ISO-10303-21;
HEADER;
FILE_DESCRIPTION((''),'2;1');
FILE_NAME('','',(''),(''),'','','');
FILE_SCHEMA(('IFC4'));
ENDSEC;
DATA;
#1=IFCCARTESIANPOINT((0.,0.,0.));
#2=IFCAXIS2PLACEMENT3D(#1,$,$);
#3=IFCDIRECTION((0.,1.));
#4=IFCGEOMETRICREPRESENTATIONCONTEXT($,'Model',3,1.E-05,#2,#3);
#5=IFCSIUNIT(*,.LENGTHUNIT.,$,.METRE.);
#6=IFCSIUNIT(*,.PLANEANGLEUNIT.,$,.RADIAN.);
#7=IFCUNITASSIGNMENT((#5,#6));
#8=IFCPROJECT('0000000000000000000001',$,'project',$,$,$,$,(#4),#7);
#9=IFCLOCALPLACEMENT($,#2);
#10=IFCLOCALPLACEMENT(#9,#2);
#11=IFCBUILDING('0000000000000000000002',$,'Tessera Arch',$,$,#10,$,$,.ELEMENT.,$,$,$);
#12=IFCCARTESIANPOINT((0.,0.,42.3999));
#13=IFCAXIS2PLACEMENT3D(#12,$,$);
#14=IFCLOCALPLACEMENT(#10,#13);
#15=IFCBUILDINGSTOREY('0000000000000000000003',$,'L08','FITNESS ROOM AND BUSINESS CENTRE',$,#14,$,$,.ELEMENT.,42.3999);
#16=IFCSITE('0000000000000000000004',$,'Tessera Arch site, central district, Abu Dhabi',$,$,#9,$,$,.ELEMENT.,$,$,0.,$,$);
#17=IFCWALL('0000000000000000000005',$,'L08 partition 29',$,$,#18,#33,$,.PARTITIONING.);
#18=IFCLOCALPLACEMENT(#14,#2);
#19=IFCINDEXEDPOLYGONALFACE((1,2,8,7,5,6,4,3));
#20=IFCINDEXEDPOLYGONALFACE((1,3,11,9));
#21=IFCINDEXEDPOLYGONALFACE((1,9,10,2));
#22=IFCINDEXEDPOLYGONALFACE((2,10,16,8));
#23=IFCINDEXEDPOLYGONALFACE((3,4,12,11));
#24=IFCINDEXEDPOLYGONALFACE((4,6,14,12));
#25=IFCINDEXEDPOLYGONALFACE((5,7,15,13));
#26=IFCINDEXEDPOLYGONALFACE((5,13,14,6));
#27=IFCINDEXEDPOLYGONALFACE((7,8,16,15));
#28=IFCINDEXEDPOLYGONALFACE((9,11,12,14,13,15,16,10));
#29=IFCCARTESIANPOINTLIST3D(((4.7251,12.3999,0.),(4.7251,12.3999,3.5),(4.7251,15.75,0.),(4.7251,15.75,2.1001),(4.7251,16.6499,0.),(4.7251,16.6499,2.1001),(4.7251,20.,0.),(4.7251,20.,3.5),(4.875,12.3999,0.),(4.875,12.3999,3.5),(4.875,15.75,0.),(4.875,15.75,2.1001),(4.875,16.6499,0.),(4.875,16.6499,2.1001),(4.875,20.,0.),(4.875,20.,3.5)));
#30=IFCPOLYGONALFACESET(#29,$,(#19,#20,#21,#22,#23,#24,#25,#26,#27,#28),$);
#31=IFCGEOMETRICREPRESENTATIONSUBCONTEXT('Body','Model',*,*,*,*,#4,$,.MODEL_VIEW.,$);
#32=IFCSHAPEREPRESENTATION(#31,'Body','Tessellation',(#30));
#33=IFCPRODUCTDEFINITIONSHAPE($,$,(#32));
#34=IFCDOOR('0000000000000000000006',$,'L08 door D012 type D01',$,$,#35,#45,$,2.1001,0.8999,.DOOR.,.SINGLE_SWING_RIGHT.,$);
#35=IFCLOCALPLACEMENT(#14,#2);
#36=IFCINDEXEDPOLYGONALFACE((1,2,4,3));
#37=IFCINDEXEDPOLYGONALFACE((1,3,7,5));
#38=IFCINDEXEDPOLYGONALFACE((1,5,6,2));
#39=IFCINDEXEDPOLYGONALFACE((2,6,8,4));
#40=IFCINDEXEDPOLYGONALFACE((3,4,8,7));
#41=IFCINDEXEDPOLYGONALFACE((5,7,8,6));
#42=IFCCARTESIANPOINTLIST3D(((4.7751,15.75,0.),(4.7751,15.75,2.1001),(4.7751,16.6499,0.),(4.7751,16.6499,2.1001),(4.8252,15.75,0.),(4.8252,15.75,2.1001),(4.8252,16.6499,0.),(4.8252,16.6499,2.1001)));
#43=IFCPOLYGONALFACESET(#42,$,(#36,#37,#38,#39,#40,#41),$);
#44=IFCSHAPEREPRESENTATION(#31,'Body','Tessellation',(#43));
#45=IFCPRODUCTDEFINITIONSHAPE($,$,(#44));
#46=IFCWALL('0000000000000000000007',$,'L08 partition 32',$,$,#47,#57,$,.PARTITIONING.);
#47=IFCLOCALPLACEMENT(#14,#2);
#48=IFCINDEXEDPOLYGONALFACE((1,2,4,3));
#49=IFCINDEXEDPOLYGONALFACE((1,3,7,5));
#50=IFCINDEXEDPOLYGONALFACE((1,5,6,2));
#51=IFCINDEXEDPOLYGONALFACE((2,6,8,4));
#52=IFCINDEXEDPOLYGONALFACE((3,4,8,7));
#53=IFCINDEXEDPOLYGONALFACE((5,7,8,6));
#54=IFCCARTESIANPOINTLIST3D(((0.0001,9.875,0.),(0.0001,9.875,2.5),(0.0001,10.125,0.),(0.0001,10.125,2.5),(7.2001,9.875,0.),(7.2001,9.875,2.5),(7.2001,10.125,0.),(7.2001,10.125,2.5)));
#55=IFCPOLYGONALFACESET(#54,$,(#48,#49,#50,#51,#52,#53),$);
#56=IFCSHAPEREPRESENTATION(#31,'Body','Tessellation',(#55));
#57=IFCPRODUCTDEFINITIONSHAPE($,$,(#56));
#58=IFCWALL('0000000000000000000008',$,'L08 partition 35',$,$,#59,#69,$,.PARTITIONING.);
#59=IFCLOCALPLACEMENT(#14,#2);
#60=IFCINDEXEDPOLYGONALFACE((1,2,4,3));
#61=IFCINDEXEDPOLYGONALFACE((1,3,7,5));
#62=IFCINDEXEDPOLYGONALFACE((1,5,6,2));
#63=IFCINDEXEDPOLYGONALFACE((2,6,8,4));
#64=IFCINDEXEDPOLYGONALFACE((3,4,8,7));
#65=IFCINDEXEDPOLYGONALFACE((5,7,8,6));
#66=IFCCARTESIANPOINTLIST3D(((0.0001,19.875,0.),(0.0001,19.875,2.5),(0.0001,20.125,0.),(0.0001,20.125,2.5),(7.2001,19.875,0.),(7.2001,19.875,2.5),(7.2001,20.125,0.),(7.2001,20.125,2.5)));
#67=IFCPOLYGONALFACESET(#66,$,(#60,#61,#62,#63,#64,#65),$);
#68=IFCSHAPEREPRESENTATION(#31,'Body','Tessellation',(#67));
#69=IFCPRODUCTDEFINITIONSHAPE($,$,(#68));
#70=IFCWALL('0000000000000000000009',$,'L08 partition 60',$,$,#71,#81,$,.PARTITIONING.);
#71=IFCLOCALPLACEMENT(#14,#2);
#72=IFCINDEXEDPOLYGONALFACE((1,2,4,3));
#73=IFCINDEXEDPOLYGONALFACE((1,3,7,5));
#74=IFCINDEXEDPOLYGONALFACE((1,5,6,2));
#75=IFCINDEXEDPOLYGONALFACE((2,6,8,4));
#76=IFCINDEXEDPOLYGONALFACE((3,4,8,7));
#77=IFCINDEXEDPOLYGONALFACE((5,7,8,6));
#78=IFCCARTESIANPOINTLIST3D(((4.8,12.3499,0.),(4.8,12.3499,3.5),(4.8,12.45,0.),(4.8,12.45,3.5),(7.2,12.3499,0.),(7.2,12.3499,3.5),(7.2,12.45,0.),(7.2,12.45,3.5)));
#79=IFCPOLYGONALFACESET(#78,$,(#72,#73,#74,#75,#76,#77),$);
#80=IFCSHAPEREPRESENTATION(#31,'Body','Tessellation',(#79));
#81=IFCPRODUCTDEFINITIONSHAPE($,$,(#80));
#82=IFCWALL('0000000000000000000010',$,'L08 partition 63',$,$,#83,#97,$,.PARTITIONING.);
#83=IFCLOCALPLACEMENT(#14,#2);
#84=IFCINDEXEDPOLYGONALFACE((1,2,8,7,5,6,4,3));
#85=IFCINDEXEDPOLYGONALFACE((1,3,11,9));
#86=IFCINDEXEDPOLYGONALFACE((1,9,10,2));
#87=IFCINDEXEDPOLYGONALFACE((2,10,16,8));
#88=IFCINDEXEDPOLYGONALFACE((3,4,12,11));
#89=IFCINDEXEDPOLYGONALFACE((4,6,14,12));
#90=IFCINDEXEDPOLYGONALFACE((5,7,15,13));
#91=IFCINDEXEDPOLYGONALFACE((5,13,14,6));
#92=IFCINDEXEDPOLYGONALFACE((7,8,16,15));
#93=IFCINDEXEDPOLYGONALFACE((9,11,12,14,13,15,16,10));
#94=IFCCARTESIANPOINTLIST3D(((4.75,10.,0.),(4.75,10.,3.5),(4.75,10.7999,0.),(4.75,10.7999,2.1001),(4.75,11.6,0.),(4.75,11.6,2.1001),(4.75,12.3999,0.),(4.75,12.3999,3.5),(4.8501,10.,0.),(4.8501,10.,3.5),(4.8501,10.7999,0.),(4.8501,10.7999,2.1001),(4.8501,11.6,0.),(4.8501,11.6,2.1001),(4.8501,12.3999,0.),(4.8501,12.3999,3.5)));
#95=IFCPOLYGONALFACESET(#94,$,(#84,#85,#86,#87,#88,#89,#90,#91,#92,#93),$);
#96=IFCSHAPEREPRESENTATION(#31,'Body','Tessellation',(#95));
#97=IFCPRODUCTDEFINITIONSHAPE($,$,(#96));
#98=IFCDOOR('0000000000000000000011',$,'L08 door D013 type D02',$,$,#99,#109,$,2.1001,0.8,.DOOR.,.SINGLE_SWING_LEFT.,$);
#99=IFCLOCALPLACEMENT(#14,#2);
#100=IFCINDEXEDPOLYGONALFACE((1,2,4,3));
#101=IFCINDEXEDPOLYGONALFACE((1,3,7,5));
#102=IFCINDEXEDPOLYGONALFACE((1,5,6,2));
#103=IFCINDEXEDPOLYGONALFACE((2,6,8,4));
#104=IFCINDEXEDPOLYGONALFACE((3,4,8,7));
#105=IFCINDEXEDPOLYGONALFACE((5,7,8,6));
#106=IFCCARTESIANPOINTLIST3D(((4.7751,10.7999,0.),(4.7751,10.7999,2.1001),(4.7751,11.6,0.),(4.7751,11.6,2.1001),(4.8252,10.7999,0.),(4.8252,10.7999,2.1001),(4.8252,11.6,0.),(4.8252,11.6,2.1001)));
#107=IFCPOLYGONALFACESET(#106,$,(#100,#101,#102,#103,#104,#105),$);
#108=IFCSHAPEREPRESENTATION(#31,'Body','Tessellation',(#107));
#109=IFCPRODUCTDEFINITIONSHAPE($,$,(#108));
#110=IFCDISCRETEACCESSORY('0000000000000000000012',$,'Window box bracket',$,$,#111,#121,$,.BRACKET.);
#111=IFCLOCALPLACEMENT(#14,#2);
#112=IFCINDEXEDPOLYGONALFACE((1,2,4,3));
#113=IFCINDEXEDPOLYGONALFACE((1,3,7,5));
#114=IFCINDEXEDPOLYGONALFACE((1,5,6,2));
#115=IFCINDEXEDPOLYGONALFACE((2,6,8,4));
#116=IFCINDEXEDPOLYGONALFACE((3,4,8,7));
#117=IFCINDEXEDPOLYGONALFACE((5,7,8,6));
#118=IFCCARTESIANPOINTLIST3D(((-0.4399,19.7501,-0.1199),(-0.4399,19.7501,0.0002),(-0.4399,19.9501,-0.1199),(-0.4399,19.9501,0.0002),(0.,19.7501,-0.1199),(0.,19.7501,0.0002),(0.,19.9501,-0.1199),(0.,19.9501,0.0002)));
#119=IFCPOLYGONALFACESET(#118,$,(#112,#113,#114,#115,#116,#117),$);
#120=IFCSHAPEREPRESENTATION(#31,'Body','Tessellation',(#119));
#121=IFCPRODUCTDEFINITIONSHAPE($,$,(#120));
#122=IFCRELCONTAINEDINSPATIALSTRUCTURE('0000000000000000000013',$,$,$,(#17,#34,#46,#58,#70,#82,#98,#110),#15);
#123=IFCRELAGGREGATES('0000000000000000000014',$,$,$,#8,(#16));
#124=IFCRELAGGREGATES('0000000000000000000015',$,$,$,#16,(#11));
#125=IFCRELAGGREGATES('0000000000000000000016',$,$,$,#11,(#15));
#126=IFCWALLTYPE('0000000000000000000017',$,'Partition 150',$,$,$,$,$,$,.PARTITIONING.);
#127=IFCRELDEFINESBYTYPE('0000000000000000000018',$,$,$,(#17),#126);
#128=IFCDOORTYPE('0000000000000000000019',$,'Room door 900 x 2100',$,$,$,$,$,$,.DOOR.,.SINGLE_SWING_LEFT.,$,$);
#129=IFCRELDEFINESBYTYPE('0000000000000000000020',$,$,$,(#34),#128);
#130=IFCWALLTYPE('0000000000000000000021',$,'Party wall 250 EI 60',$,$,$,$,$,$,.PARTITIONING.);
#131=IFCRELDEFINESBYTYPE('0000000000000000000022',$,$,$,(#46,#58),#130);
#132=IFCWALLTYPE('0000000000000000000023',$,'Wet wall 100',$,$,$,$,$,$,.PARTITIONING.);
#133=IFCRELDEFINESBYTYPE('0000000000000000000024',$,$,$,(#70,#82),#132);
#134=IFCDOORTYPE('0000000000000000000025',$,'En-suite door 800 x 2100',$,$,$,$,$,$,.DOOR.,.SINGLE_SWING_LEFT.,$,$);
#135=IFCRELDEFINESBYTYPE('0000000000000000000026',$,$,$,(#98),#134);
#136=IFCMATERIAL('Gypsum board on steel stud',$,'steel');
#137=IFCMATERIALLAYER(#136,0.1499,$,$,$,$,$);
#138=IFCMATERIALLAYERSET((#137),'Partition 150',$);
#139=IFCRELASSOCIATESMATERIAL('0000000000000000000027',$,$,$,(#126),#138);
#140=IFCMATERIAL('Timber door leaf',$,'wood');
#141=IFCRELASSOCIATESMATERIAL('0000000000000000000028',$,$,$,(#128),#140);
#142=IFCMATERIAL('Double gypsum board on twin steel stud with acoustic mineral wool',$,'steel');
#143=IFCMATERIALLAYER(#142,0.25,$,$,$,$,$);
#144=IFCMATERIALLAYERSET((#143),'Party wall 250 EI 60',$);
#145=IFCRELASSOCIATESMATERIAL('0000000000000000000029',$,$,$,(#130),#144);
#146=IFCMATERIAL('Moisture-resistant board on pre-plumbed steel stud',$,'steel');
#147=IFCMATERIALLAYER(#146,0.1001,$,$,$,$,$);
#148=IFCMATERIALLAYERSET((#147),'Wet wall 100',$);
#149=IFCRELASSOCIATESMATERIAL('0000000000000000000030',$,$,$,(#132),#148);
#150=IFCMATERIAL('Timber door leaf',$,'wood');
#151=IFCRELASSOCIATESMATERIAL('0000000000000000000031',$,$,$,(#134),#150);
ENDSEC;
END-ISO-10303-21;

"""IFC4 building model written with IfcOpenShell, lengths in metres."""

from ifc_helpers import new_model, si_unit, direction, frame, frame_2d, origin, origin_2d, place, context, subcontext, project, spatial, rectangle, extrude, material, layer, layer_set, type_object, element, fill, save


model = new_model("IFC4")

# Units and contexts
model_context = context("Model", 3, precision=1e-05, world=origin(), true_north=direction((0.0, 1.0)))
body_context = subcontext(model_context, "Body", "Model", "MODEL_VIEW")
ifc_project = project(units=[si_unit("LENGTHUNIT", "METRE"), si_unit("PLANEANGLEUNIT", "RADIAN")], contexts=[model_context])

# Site, building, storey
site_placement = place(None, origin())
site = spatial("IfcSite", under=ifc_project, at=site_placement, Name="Tessera Arch site, central district, Abu Dhabi", CompositionType="ELEMENT", RefElevation=0.0)
building_placement = place(site_placement, origin())
building = spatial("IfcBuilding", under=site, at=building_placement, Name="Tessera Arch", CompositionType="ELEMENT")
storey_placement = place(building_placement, frame((0.0, 0.0, 42.3999)))
storey = spatial("IfcBuildingStorey", under=building, at=storey_placement, Name="L08", Description="FITNESS ROOM AND BUSINESS CENTRE", CompositionType="ELEMENT", Elevation=42.3999)

# Wall, opening, door
ifc_material_1 = material(Name="Gypsum board on steel stud", Category="steel")
ifc_layer_1 = layer(ifc_material_1, 0.1499)
ifc_layer_set_1 = layer_set([ifc_layer_1], Name="Partition 150")
wall_type_1 = type_object("IfcWallType", Name="Partition 150", PredefinedType="PARTITIONING", material=ifc_layer_set_1)
wall_1_placement = place(storey_placement, frame((4.8, 12.3999, 0.0), z_axis=(0.0, 0.0, 1.0), x_axis=(0.0, 1.0, 0.0)))
wall_1 = element("IfcWall", 1, at=wall_1_placement, inside=storey, type_object=wall_type_1, Name="L08 partition 29", PredefinedType="PARTITIONING", context=body_context, shape_type="SweptSolid", body=[
    extrude(rectangle(XDim=7.6001, YDim=0.1499, at=frame_2d((3.8, 0.0))), origin(), (0.0, 0.0, 1.0), 3.5),
])
opening_1_placement = place(wall_1_placement, frame((3.3501, 0.0, 0.0)))
opening_1 = element("IfcOpeningElement", 2, at=opening_1_placement, cuts=wall_1, PredefinedType="OPENING", context=body_context, shape_type="SweptSolid", body=[
    extrude(rectangle(XDim=0.8999, YDim=2.1001, at=frame_2d((0.45, 1.05))), frame((0.0, 0.085, 0.0), z_axis=(0.0, -1.0, 0.0), x_axis=(1.0, 0.0, 0.0)), (0.0, 0.0, 1.0), 0.1699),
])
ifc_material_2 = material(Name="Timber door leaf", Category="wood")
door_type_1 = type_object("IfcDoorType", Name="Room door 900 x 2100", OperationType="SINGLE_SWING_LEFT", PredefinedType="DOOR", material=ifc_material_2)
door_1_placement = place(opening_1_placement, origin())
door_1 = element("IfcDoor", 3, at=door_1_placement, inside=storey, type_object=door_type_1, Name="L08 door D012 type D01", OperationType="SINGLE_SWING_RIGHT", OverallHeight=2.1001, OverallWidth=0.8999, PredefinedType="DOOR", context=body_context, shape_type="SweptSolid", body=[
    extrude(rectangle(XDim=0.8999, YDim=2.1001, at=frame_2d((0.45, 1.05))), frame((0.0, 0.0249, 0.0), z_axis=(0.0, -1.0, 0.0), x_axis=(1.0, 0.0, 0.0)), (0.0, 0.0, 1.0), 0.05),
])
fill(opening_1, door_1)

# Walls
ifc_material_3 = material(Name="Double gypsum board on twin steel stud with acoustic mineral wool", Category="steel")
ifc_layer_2 = layer(ifc_material_3, 0.25)
ifc_layer_set_2 = layer_set([ifc_layer_2], Name="Party wall 250 EI 60")
wall_type_2 = type_object("IfcWallType", Name="Party wall 250 EI 60", PredefinedType="PARTITIONING", material=ifc_layer_set_2)
for number, where, z_axis, x_axis, name in (
    (4, (0.0, 10.0, 0.0), (0.0, 0.0, 1.0), (1.0, 0.0, 0.0), "L08 partition 32"),
    (5, (0.0, 20.0, 0.0), (0.0, 0.0, 1.0), (1.0, 0.0, 0.0), "L08 partition 35"),
):
    element("IfcWall", number, at=place(storey_placement, frame(where, z_axis=z_axis, x_axis=x_axis)), inside=storey, type_object=wall_type_2, Name=name, PredefinedType="PARTITIONING", context=body_context, shape_type="SweptSolid", body=[
        extrude(rectangle(XDim=7.2, YDim=0.25, at=frame_2d((3.6001, 0.0))), origin(), (0.0, 0.0, 1.0), 2.5),
    ])
ifc_material_4 = material(Name="Moisture-resistant board on pre-plumbed steel stud", Category="steel")
ifc_layer_3 = layer(ifc_material_4, 0.1001)
ifc_layer_set_3 = layer_set([ifc_layer_3], Name="Wet wall 100")
wall_type_3 = type_object("IfcWallType", Name="Wet wall 100", PredefinedType="PARTITIONING", material=ifc_layer_set_3)
wall_2_placement = place(storey_placement, frame((4.8, 12.3999, 0.0), z_axis=(0.0, 0.0, 1.0), x_axis=(1.0, 0.0, 0.0)))
element("IfcWall", 6, at=wall_2_placement, inside=storey, type_object=wall_type_3, Name="L08 partition 60", PredefinedType="PARTITIONING", context=body_context, shape_type="SweptSolid", body=[
    extrude(rectangle(XDim=2.3999, YDim=0.1001, at=frame_2d((1.2, 0.0))), origin(), (0.0, 0.0, 1.0), 3.5),
])

# Wall, opening, door
wall_3_placement = place(storey_placement, frame((4.8, 10.0, 0.0), z_axis=(0.0, 0.0, 1.0), x_axis=(0.0, 1.0, 0.0)))
wall_3 = element("IfcWall", 7, at=wall_3_placement, inside=storey, type_object=wall_type_3, Name="L08 partition 63", PredefinedType="PARTITIONING", context=body_context, shape_type="SweptSolid", body=[
    extrude(rectangle(XDim=2.3999, YDim=0.1001, at=frame_2d((1.2, 0.0))), origin(), (0.0, 0.0, 1.0), 3.5),
])
opening_2_placement = place(wall_3_placement, frame((0.8, 0.0, 0.0)))
opening_2 = element("IfcOpeningElement", 8, at=opening_2_placement, cuts=wall_3, PredefinedType="OPENING", context=body_context, shape_type="SweptSolid", body=[
    extrude(rectangle(XDim=0.8, YDim=2.1001, at=frame_2d((0.3999, 1.05))), frame((0.0, 0.0601, 0.0), z_axis=(0.0, -1.0, 0.0), x_axis=(1.0, 0.0, 0.0)), (0.0, 0.0, 1.0), 0.1201),
])
ifc_material_5 = material(Name="Timber door leaf", Category="wood")
door_type_2 = type_object("IfcDoorType", Name="En-suite door 800 x 2100", OperationType="SINGLE_SWING_LEFT", PredefinedType="DOOR", material=ifc_material_5)
door_2_placement = place(opening_2_placement, origin())
door_2 = element("IfcDoor", 9, at=door_2_placement, inside=storey, type_object=door_type_2, Name="L08 door D013 type D02", OperationType="SINGLE_SWING_LEFT", OverallHeight=2.1001, OverallWidth=0.8, PredefinedType="DOOR", context=body_context, shape_type="SweptSolid", body=[
    extrude(rectangle(XDim=0.8, YDim=2.1001, at=frame_2d((0.3999, 1.05))), frame((0.0, 0.0249, 0.0), z_axis=(0.0, -1.0, 0.0), x_axis=(1.0, 0.0, 0.0)), (0.0, 0.0, 1.0), 0.05),
])
fill(opening_2, door_2)

# Discrete accessory
discrete_accessory_placement = place(storey_placement, frame((-0.22, 19.8501, -0.1199), z_axis=(0.0, 0.0, 1.0), x_axis=(-1.0, 0.0, 0.0)))
element("IfcDiscreteAccessory", 10, at=discrete_accessory_placement, inside=storey, Name="Window box bracket", PredefinedType="BRACKET", context=body_context, shape_type="SweptSolid", body=[
    extrude(rectangle(XDim=0.4399, YDim=0.2, at=origin_2d()), origin(), (0.0, 0.0, 1.0), 0.1201),
])

save(model, "model.ifc")
